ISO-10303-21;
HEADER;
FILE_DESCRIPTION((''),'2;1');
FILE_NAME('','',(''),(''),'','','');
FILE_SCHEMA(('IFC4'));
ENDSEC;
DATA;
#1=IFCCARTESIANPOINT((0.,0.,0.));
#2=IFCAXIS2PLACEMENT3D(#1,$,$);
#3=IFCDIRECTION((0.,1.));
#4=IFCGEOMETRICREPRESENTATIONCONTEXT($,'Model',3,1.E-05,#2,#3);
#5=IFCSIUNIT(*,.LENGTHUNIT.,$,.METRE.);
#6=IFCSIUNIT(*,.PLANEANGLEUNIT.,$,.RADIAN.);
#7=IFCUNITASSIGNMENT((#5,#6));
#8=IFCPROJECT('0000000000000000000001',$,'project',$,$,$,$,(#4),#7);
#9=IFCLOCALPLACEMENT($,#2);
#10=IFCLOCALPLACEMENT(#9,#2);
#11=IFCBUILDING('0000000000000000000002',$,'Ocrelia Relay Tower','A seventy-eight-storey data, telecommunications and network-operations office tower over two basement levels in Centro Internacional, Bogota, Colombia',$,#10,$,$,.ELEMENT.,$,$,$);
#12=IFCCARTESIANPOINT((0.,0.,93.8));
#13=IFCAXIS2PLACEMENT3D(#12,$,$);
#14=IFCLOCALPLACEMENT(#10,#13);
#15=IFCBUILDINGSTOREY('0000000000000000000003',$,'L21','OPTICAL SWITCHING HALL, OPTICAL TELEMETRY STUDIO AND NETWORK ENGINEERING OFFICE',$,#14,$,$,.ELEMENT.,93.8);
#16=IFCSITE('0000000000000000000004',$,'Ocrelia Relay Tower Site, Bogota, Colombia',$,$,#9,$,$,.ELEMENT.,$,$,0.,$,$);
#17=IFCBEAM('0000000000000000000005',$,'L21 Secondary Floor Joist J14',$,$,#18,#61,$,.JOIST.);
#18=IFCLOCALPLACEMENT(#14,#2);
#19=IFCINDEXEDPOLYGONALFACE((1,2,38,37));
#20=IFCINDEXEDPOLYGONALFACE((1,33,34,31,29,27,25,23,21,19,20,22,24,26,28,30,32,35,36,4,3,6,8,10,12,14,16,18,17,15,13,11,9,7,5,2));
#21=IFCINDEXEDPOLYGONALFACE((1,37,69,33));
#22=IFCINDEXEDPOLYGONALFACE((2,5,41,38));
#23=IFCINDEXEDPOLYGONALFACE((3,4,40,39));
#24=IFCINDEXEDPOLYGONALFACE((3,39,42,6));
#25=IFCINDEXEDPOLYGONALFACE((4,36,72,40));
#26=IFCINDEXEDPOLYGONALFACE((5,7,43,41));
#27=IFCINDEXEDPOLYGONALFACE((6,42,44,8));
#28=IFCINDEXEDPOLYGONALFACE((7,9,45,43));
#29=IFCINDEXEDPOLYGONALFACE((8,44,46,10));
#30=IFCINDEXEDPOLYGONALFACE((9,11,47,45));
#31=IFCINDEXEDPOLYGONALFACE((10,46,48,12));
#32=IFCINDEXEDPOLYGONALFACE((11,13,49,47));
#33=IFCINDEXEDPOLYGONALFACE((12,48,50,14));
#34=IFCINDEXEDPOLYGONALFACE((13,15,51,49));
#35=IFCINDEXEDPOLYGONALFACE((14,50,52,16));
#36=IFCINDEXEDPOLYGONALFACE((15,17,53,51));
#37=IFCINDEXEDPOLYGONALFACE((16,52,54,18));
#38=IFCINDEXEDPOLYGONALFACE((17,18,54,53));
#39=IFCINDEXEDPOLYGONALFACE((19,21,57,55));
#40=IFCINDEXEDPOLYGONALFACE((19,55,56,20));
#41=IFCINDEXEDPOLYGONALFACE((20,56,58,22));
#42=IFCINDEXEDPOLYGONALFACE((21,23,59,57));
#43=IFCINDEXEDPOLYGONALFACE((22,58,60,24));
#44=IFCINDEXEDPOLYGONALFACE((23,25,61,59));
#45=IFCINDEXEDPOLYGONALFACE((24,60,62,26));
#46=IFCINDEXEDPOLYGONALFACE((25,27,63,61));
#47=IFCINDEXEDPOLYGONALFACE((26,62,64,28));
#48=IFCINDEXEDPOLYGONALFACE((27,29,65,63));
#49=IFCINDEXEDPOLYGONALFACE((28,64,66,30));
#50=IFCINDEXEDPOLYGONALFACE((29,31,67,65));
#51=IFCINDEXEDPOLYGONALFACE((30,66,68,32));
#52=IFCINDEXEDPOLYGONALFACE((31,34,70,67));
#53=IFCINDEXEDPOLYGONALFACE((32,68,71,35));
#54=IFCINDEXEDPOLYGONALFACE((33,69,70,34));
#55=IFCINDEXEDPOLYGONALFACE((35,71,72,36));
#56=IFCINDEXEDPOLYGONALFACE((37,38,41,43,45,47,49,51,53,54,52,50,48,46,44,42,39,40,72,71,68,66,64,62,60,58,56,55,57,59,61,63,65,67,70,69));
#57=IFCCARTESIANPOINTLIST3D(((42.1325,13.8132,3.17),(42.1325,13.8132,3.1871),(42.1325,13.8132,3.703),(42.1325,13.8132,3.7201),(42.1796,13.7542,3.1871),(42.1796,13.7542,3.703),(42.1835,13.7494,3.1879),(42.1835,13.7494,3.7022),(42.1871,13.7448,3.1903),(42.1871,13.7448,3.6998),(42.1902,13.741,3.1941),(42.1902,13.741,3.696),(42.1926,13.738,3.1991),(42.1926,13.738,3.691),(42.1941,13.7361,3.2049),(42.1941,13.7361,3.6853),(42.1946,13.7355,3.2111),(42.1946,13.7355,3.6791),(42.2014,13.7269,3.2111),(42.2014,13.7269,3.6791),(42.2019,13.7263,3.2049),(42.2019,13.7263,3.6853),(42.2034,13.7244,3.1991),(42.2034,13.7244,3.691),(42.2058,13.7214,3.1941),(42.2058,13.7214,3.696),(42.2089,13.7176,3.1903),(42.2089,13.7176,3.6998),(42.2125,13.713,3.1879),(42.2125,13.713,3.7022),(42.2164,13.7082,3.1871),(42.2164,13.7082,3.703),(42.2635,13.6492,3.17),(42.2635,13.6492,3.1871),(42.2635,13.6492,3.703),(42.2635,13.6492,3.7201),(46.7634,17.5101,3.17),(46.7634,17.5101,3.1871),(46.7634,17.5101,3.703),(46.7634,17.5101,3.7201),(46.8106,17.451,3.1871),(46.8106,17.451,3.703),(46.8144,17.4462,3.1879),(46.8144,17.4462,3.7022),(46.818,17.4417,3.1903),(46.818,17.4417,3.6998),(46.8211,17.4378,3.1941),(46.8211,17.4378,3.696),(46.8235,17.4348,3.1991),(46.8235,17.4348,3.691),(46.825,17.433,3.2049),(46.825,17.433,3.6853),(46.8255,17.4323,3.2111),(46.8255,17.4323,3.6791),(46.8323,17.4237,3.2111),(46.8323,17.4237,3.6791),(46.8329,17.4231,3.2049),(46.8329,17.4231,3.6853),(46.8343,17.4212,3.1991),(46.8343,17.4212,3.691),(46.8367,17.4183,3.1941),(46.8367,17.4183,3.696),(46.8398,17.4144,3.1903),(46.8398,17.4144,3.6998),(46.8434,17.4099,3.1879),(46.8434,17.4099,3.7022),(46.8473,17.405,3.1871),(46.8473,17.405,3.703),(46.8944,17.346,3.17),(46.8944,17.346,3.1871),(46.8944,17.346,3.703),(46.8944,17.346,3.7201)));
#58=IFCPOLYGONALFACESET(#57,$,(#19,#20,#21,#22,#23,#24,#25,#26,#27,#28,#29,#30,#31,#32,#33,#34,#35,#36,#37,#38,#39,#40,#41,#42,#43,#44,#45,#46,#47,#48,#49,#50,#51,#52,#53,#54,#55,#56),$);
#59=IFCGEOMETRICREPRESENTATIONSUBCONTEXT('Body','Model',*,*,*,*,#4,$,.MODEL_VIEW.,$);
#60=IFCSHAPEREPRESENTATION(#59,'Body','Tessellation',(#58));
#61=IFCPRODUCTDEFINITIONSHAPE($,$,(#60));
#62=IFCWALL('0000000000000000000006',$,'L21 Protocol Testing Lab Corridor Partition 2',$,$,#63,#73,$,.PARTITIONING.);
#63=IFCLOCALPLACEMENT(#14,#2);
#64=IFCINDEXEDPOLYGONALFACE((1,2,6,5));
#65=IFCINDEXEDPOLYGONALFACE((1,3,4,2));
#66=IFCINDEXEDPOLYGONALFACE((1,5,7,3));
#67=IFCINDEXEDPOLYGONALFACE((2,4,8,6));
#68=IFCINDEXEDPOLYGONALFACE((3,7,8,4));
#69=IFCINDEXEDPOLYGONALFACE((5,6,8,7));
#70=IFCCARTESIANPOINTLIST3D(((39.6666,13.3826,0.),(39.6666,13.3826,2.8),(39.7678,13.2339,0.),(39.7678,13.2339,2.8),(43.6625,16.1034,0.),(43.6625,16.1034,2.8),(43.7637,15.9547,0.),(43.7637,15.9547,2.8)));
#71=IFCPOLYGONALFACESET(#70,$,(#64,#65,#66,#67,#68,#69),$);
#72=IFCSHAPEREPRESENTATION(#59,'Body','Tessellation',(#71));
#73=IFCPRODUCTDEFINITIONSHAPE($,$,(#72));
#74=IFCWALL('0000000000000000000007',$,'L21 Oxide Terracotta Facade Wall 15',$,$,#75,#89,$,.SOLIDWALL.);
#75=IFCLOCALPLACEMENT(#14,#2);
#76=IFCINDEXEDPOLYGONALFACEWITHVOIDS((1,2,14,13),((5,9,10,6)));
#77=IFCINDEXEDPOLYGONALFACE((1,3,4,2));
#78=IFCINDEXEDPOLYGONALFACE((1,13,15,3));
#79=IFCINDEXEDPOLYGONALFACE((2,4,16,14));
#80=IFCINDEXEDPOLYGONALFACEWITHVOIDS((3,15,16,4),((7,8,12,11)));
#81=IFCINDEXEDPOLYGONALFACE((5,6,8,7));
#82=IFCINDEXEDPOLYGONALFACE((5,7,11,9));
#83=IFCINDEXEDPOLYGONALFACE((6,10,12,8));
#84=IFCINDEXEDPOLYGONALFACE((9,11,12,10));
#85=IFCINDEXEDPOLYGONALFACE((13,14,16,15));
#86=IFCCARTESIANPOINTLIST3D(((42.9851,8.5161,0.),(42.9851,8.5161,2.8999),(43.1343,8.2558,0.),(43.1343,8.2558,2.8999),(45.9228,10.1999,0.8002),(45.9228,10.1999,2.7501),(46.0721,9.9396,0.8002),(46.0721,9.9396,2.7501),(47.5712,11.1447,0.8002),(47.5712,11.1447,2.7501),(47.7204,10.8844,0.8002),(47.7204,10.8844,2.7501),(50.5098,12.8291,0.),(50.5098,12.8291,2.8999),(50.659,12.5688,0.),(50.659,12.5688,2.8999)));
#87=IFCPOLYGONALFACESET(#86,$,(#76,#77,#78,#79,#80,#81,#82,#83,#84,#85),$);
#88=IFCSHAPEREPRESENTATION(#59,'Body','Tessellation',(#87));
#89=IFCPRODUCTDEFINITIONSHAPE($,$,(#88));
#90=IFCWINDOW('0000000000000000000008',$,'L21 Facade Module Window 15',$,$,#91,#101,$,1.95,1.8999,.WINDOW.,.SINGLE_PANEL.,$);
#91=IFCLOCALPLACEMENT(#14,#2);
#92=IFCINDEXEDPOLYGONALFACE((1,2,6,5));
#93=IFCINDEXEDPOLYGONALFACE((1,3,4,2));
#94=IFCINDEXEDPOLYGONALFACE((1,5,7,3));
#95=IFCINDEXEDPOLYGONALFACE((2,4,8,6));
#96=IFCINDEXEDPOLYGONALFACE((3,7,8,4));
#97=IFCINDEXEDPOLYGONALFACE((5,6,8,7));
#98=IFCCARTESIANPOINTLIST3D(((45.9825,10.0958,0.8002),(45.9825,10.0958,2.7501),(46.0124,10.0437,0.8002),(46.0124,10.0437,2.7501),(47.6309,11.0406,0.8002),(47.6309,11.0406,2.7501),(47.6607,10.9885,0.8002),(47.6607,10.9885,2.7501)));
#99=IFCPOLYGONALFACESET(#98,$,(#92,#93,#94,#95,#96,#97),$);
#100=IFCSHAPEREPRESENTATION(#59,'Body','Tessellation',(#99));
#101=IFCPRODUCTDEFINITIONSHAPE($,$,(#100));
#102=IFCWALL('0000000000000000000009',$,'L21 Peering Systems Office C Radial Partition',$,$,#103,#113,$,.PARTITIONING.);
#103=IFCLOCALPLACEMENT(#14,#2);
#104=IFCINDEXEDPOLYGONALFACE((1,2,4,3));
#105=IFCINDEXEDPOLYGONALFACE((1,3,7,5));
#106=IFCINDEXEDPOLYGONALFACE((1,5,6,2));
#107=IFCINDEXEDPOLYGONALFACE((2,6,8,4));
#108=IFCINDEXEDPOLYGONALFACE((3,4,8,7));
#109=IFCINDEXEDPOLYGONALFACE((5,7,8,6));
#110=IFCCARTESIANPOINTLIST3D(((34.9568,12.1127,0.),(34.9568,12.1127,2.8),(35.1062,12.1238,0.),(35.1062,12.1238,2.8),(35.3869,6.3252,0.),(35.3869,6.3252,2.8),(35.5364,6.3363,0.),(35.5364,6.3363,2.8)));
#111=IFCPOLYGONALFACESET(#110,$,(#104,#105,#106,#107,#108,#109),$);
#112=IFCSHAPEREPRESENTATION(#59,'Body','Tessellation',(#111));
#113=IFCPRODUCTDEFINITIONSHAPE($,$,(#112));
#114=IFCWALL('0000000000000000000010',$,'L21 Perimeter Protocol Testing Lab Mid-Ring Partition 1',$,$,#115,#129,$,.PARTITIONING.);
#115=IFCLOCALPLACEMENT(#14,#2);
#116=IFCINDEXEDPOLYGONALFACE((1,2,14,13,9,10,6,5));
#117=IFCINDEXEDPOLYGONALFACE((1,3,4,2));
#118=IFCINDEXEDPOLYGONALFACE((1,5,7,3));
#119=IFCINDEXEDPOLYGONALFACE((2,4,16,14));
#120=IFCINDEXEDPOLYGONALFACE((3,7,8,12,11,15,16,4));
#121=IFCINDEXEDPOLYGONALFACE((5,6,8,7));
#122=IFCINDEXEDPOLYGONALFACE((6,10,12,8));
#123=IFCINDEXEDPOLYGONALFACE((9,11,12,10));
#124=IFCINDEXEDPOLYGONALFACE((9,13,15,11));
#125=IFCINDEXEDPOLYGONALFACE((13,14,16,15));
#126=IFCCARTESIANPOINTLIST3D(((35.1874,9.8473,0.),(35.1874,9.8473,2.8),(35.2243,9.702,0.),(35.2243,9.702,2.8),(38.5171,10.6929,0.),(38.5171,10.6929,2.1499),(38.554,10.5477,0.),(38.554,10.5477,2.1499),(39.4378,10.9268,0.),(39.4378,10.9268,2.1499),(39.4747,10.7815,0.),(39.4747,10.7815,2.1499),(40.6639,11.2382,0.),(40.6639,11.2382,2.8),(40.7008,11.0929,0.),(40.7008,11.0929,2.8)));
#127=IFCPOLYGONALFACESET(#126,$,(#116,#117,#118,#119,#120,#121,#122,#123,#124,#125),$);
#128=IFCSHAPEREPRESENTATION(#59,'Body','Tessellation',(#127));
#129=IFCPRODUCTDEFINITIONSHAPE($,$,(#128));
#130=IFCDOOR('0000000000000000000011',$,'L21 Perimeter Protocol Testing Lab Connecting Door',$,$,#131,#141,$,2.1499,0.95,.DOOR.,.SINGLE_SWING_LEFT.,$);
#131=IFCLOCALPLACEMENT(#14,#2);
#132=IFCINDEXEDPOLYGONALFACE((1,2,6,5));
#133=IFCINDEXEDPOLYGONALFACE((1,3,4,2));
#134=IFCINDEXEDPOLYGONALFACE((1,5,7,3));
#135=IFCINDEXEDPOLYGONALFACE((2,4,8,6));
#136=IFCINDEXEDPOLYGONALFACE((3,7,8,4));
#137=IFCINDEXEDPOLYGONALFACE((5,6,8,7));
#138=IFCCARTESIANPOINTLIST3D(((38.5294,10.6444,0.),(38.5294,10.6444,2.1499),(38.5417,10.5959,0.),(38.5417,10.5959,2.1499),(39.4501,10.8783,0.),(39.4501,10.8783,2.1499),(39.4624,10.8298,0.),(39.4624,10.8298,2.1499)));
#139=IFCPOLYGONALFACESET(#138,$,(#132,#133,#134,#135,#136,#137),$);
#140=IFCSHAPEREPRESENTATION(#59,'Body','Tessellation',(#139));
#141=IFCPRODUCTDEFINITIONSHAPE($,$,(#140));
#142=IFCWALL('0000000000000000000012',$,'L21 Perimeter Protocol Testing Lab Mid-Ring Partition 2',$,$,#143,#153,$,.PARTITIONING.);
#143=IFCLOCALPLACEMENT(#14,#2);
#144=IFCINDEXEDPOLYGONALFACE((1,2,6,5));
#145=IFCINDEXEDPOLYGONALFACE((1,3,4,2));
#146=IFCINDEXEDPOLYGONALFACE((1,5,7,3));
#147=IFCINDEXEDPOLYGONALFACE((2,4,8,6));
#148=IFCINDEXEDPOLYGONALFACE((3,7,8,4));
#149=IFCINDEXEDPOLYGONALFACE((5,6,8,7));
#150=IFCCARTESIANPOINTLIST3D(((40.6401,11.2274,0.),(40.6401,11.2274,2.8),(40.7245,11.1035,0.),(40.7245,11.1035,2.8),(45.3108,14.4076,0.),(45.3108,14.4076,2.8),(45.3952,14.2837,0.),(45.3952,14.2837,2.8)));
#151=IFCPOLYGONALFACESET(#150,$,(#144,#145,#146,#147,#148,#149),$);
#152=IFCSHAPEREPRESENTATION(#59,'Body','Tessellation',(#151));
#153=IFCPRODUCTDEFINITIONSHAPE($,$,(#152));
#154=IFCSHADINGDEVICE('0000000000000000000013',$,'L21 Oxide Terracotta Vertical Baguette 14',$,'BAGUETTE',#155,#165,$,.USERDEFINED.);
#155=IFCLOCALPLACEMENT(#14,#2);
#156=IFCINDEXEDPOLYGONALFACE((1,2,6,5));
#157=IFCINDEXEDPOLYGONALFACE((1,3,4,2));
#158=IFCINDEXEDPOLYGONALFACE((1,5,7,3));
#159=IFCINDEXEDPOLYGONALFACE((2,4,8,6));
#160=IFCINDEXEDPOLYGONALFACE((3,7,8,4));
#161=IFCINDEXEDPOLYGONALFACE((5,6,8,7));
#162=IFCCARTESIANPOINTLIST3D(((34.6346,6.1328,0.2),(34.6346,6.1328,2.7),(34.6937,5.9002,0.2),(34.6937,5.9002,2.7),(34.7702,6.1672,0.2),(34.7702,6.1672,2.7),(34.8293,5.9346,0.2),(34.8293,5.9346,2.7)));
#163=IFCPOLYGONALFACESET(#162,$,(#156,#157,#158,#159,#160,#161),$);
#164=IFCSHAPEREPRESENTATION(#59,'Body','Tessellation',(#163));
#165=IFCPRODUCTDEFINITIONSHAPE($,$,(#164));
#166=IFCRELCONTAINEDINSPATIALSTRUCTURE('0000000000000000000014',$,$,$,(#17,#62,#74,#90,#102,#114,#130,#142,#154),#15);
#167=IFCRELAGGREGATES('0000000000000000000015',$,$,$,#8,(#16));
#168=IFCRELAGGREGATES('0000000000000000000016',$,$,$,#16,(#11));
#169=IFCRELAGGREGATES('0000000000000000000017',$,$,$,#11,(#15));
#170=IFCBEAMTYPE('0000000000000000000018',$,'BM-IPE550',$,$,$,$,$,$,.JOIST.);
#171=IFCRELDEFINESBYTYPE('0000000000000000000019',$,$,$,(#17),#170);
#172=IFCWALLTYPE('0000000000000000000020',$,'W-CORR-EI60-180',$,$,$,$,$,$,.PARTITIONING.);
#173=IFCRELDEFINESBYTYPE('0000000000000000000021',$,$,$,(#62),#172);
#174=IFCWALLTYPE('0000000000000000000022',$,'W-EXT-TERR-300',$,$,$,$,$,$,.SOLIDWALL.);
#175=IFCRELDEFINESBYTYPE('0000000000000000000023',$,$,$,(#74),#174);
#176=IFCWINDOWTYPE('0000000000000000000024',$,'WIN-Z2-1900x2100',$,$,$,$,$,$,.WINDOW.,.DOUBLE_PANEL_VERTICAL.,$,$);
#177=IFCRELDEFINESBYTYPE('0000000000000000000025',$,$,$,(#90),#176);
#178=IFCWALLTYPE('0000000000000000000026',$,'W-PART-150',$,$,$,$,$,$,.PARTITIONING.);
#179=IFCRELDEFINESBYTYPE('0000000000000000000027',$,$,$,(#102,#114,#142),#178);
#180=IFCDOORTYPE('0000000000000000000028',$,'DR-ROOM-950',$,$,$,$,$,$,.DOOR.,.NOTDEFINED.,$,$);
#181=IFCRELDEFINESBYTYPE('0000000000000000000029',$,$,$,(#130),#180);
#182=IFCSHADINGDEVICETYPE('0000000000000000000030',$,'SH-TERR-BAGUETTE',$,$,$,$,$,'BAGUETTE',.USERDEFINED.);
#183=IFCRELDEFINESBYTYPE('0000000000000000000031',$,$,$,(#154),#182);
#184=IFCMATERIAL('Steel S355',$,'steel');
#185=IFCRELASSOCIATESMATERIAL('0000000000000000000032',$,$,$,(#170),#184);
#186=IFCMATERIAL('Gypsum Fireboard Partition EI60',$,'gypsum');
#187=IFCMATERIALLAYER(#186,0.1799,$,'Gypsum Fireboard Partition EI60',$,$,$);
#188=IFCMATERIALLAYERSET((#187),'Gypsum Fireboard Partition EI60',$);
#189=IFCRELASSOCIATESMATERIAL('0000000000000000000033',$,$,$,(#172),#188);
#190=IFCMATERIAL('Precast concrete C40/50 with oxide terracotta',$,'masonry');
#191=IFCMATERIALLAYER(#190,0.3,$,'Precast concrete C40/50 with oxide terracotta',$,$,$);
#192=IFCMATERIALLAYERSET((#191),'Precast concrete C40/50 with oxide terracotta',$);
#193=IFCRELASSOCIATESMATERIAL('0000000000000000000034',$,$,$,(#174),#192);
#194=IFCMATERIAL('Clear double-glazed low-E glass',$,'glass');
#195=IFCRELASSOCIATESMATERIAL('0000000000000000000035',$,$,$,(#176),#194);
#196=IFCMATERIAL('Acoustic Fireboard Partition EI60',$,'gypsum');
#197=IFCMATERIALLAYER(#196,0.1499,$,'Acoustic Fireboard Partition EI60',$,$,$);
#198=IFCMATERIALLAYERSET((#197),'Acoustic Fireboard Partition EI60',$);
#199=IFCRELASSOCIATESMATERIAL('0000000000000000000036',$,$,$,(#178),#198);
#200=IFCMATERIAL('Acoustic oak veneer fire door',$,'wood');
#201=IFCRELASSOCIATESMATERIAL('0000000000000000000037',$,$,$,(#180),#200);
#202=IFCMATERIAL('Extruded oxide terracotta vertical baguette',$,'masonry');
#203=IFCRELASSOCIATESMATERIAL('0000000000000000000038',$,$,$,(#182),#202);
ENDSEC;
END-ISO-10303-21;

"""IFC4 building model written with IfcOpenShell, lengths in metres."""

from ifc_helpers import new_model, si_unit, direction, frame, frame_2d, origin, origin_2d, place, context, subcontext, project, spatial, rectangle, i_section, extrude, material, layer, layer_set, material_profile, profile_set, type_object, element, fill, save


model = new_model("IFC4")

# Units and contexts
model_context = context("Model", 3, precision=1e-05, world=origin(), true_north=direction((0.0, 1.0)))
body_context = subcontext(model_context, "Body", "Model", "MODEL_VIEW")
ifc_project = project(units=[si_unit("LENGTHUNIT", "METRE"), si_unit("PLANEANGLEUNIT", "RADIAN")], contexts=[model_context])

# Site, building, storey
site_placement = place(None, origin())
site = spatial("IfcSite", under=ifc_project, at=site_placement, Name="Ocrelia Relay Tower Site, Bogota, Colombia", CompositionType="ELEMENT", RefElevation=0.0)
building_placement = place(site_placement, origin())
building = spatial("IfcBuilding", under=site, at=building_placement, Name="Ocrelia Relay Tower", Description="A seventy-eight-storey data, telecommunications and network-operations office tower over two basement levels in Centro Internacional, Bogota, Colombia", CompositionType="ELEMENT")
storey_placement = place(building_placement, frame((0.0, 0.0, 93.8)))
storey = spatial("IfcBuildingStorey", under=building, at=storey_placement, Name="L21", Description="OPTICAL SWITCHING HALL, OPTICAL TELEMETRY STUDIO AND NETWORK ENGINEERING OFFICE", CompositionType="ELEMENT", Elevation=93.8)

# Beam
ifc_material_1 = material(Name="Steel S355", Category="steel")
ifc_material_profile_1 = material_profile(ifc_material_1, i_section(OverallWidth=0.21, OverallDepth=0.55, WebThickness=0.011, FlangeThickness=0.0171, FilletRadius=0.0239, at=origin_2d()), Name="IPE 550")
ifc_profile_set_1 = profile_set([ifc_material_profile_1], Name="Steel S355")
beam_type_1 = type_object("IfcBeamType", Name="BM-IPE550", PredefinedType="JOIST", material=ifc_profile_set_1)
beam_1_placement = place(storey_placement, frame((42.198, 13.7312, 3.4451), z_axis=(0.78152, 0.623881, 0.0), x_axis=(-0.623881, 0.78152, 0.0)))
element("IfcBeam", 1, at=beam_1_placement, inside=storey, type_object=beam_type_1, Name="L21 Secondary Floor Joist J14", PredefinedType="JOIST", context=body_context, shape_type="SweptSolid", body=[
    extrude(i_section(OverallWidth=0.21, OverallDepth=0.55, WebThickness=0.011, FlangeThickness=0.0171, FilletRadius=0.0239, at=origin_2d()), origin(), (0.0, 0.0, 1.0), 5.9255),
])

# Shared definitions
ifc_material_2 = material(Name="Gypsum Fireboard Partition EI60", Category="gypsum")
ifc_layer_1 = layer(ifc_material_2, 0.1799, Name="Gypsum Fireboard Partition EI60")
ifc_layer_set_1 = layer_set([ifc_layer_1], Name="Gypsum Fireboard Partition EI60")
wall_type_1 = type_object("IfcWallType", Name="W-CORR-EI60-180", PredefinedType="PARTITIONING", material=ifc_layer_set_1)
ifc_material_3 = material(Name="Acoustic oak veneer fire door", Category="wood")

# Wall
wall_1_placement = place(storey_placement, frame((39.7173, 13.3083, 0.0), z_axis=(0.0, 0.0, 1.0), x_axis=(0.826587, 0.562809, 0.0)))
element("IfcWall", 2, at=wall_1_placement, inside=storey, type_object=wall_type_1, Name="L21 Protocol Testing Lab Corridor Partition 2", PredefinedType="PARTITIONING", context=body_context, shape_type="SweptSolid", body=[
    extrude(rectangle(XDim=4.8342, YDim=0.1799, at=frame_2d((2.417, 0.0))), origin(), (0.0, 0.0, 1.0), 2.8),
])

# Shared definitions
ifc_material_4 = material(Name="Precast concrete C40/50 with oxide terracotta", Category="masonry")
ifc_layer_2 = layer(ifc_material_4, 0.3, Name="Precast concrete C40/50 with oxide terracotta")
ifc_layer_set_2 = layer_set([ifc_layer_2], Name="Precast concrete C40/50 with oxide terracotta")
wall_type_2 = type_object("IfcWallType", Name="W-EXT-TERR-300", PredefinedType="SOLIDWALL", material=ifc_layer_set_2)

# Wall, opening, window
wall_2_placement = place(storey_placement, frame((43.0598, 8.386, 0.0), z_axis=(0.0, 0.0, 1.0), x_axis=(0.867588, 0.497284, 0.0)))
wall_2 = element("IfcWall", 3, at=wall_2_placement, inside=storey, type_object=wall_type_2, Name="L21 Oxide Terracotta Facade Wall 15", PredefinedType="SOLIDWALL", context=body_context, shape_type="SweptSolid", body=[
    extrude(rectangle(XDim=8.6731, YDim=0.3, at=frame_2d((4.3364, 0.0))), origin(), (0.0, 0.0, 1.0), 2.8999),
])
opening_1_placement = place(wall_2_placement, frame((3.386, 0.0, 0.8)))
opening_1 = element("IfcOpeningElement", 4, at=opening_1_placement, cuts=wall_2, PredefinedType="OPENING", context=body_context, shape_type="SweptSolid", body=[
    extrude(rectangle(XDim=1.8999, YDim=1.95, at=frame_2d((0.95, 0.9751))), frame((0.0, 0.1602, 0.0), z_axis=(0.0, -1.0, 0.0), x_axis=(1.0, 0.0, 0.0)), (0.0, 0.0, 1.0), 0.3201),
])
ifc_material_5 = material(Name="Clear double-glazed low-E glass", Category="glass")
window_type = type_object("IfcWindowType", Name="WIN-Z2-1900x2100", PartitioningType="DOUBLE_PANEL_VERTICAL", PredefinedType="WINDOW", material=ifc_material_5)
window_placement = place(opening_1_placement, origin())
window = element("IfcWindow", 5, at=window_placement, inside=storey, type_object=window_type, Name="L21 Facade Module Window 15", OverallHeight=1.95, OverallWidth=1.8999, PartitioningType="SINGLE_PANEL", PredefinedType="WINDOW", context=body_context, shape_type="SweptSolid", body=[
    extrude(rectangle(XDim=1.8999, YDim=1.95, at=frame_2d((0.95, 0.9751))), frame((0.0, 0.03, 0.0), z_axis=(0.0, -1.0, 0.0), x_axis=(1.0, 0.0, 0.0)), (0.0, 0.0, 1.0), 0.0601),
])
fill(opening_1, window)

# Wall
ifc_material_6 = material(Name="Acoustic Fireboard Partition EI60", Category="gypsum")
ifc_layer_3 = layer(ifc_material_6, 0.1499, Name="Acoustic Fireboard Partition EI60")
ifc_layer_set_3 = layer_set([ifc_layer_3], Name="Acoustic Fireboard Partition EI60")
wall_type_3 = type_object("IfcWallType", Name="W-PART-150", PredefinedType="PARTITIONING", material=ifc_layer_set_3)
wall_3_placement = place(storey_placement, frame((35.0315, 12.1184, 0.0), z_axis=(0.0, 0.0, 1.0), x_axis=(0.074123, -0.997249, 0.0)))
element("IfcWall", 6, at=wall_3_placement, inside=storey, type_object=wall_type_3, Name="L21 Peering Systems Office C Radial Partition", PredefinedType="PARTITIONING", context=body_context, shape_type="SweptSolid", body=[
    extrude(rectangle(XDim=5.8035, YDim=0.1499, at=frame_2d((2.9019, 0.0))), origin(), (0.0, 0.0, 1.0), 2.8),
])

# Wall, opening, door
wall_4_placement = place(storey_placement, frame((35.2058, 9.7747, 0.0), z_axis=(0.0, 0.0, 1.0), x_axis=(0.969231, 0.246153, 0.0)))
wall_4 = element("IfcWall", 7, at=wall_4_placement, inside=storey, type_object=wall_type_3, Name="L21 Perimeter Protocol Testing Lab Mid-Ring Partition 1", PredefinedType="PARTITIONING", context=body_context, shape_type="SweptSolid", body=[
    extrude(rectangle(XDim=5.6504, YDim=0.1499, at=frame_2d((2.8252, 0.0))), origin(), (0.0, 0.0, 1.0), 2.8),
])
opening_2_placement = place(wall_4_placement, frame((3.4353, 0.0, 0.0)))
opening_2 = element("IfcOpeningElement", 8, at=opening_2_placement, cuts=wall_4, PredefinedType="OPENING", context=body_context, shape_type="SweptSolid", body=[
    extrude(rectangle(XDim=0.95, YDim=2.1499, at=frame_2d((0.4751, 1.075))), frame((0.0, 0.085, 0.0), z_axis=(0.0, -1.0, 0.0), x_axis=(1.0, 0.0, 0.0)), (0.0, 0.0, 1.0), 0.1699),
])
door_type_1 = type_object("IfcDoorType", Name="DR-ROOM-950", OperationType="NOTDEFINED", PredefinedType="DOOR", material=ifc_material_3)
door_1_placement = place(opening_2_placement, origin())
door_1 = element("IfcDoor", 9, at=door_1_placement, inside=storey, type_object=door_type_1, Name="L21 Perimeter Protocol Testing Lab Connecting Door", OperationType="SINGLE_SWING_LEFT", OverallHeight=2.1499, OverallWidth=0.95, PredefinedType="DOOR", context=body_context, shape_type="SweptSolid", body=[
    extrude(rectangle(XDim=0.95, YDim=2.1499, at=frame_2d((0.4751, 1.075))), frame((0.0, 0.0249, 0.0), z_axis=(0.0, -1.0, 0.0), x_axis=(1.0, 0.0, 0.0)), (0.0, 0.0, 1.0), 0.05),
])
fill(opening_2, door_1)

# Wall
wall_5_placement = place(storey_placement, frame((40.6824, 11.1655, 0.0), z_axis=(0.0, 0.0, 1.0), x_axis=(0.826586, 0.56281, 0.0)))
element("IfcWall", 10, at=wall_5_placement, inside=storey, type_object=wall_type_3, Name="L21 Perimeter Protocol Testing Lab Mid-Ring Partition 2", PredefinedType="PARTITIONING", context=body_context, shape_type="SweptSolid", body=[
    extrude(rectangle(XDim=5.6506, YDim=0.1499, at=frame_2d((2.8252, 0.0))), origin(), (0.0, 0.0, 1.0), 2.8),
])

# Shading device
ifc_material_7 = material(Name="Extruded oxide terracotta vertical baguette", Category="masonry")
shading_device_type_1 = type_object("IfcShadingDeviceType", Name="SH-TERR-BAGUETTE", ElementType="BAGUETTE", PredefinedType="USERDEFINED", material=ifc_material_7)
shading_device_1_placement = place(storey_placement, frame((34.7319, 6.0337, 0.2), z_axis=(0.0, 0.0, 1.0), x_axis=(0.969231, 0.246154, 0.0)))
element("IfcShadingDevice", 11, at=shading_device_1_placement, inside=storey, type_object=shading_device_type_1, Name="L21 Oxide Terracotta Vertical Baguette 14", ObjectType="BAGUETTE", PredefinedType="USERDEFINED", context=body_context, shape_type="SweptSolid", body=[
    extrude(rectangle(XDim=0.1399, YDim=0.24, at=origin_2d()), origin(), (0.0, 0.0, 1.0), 2.5),
])

save(model, "model.ifc")
